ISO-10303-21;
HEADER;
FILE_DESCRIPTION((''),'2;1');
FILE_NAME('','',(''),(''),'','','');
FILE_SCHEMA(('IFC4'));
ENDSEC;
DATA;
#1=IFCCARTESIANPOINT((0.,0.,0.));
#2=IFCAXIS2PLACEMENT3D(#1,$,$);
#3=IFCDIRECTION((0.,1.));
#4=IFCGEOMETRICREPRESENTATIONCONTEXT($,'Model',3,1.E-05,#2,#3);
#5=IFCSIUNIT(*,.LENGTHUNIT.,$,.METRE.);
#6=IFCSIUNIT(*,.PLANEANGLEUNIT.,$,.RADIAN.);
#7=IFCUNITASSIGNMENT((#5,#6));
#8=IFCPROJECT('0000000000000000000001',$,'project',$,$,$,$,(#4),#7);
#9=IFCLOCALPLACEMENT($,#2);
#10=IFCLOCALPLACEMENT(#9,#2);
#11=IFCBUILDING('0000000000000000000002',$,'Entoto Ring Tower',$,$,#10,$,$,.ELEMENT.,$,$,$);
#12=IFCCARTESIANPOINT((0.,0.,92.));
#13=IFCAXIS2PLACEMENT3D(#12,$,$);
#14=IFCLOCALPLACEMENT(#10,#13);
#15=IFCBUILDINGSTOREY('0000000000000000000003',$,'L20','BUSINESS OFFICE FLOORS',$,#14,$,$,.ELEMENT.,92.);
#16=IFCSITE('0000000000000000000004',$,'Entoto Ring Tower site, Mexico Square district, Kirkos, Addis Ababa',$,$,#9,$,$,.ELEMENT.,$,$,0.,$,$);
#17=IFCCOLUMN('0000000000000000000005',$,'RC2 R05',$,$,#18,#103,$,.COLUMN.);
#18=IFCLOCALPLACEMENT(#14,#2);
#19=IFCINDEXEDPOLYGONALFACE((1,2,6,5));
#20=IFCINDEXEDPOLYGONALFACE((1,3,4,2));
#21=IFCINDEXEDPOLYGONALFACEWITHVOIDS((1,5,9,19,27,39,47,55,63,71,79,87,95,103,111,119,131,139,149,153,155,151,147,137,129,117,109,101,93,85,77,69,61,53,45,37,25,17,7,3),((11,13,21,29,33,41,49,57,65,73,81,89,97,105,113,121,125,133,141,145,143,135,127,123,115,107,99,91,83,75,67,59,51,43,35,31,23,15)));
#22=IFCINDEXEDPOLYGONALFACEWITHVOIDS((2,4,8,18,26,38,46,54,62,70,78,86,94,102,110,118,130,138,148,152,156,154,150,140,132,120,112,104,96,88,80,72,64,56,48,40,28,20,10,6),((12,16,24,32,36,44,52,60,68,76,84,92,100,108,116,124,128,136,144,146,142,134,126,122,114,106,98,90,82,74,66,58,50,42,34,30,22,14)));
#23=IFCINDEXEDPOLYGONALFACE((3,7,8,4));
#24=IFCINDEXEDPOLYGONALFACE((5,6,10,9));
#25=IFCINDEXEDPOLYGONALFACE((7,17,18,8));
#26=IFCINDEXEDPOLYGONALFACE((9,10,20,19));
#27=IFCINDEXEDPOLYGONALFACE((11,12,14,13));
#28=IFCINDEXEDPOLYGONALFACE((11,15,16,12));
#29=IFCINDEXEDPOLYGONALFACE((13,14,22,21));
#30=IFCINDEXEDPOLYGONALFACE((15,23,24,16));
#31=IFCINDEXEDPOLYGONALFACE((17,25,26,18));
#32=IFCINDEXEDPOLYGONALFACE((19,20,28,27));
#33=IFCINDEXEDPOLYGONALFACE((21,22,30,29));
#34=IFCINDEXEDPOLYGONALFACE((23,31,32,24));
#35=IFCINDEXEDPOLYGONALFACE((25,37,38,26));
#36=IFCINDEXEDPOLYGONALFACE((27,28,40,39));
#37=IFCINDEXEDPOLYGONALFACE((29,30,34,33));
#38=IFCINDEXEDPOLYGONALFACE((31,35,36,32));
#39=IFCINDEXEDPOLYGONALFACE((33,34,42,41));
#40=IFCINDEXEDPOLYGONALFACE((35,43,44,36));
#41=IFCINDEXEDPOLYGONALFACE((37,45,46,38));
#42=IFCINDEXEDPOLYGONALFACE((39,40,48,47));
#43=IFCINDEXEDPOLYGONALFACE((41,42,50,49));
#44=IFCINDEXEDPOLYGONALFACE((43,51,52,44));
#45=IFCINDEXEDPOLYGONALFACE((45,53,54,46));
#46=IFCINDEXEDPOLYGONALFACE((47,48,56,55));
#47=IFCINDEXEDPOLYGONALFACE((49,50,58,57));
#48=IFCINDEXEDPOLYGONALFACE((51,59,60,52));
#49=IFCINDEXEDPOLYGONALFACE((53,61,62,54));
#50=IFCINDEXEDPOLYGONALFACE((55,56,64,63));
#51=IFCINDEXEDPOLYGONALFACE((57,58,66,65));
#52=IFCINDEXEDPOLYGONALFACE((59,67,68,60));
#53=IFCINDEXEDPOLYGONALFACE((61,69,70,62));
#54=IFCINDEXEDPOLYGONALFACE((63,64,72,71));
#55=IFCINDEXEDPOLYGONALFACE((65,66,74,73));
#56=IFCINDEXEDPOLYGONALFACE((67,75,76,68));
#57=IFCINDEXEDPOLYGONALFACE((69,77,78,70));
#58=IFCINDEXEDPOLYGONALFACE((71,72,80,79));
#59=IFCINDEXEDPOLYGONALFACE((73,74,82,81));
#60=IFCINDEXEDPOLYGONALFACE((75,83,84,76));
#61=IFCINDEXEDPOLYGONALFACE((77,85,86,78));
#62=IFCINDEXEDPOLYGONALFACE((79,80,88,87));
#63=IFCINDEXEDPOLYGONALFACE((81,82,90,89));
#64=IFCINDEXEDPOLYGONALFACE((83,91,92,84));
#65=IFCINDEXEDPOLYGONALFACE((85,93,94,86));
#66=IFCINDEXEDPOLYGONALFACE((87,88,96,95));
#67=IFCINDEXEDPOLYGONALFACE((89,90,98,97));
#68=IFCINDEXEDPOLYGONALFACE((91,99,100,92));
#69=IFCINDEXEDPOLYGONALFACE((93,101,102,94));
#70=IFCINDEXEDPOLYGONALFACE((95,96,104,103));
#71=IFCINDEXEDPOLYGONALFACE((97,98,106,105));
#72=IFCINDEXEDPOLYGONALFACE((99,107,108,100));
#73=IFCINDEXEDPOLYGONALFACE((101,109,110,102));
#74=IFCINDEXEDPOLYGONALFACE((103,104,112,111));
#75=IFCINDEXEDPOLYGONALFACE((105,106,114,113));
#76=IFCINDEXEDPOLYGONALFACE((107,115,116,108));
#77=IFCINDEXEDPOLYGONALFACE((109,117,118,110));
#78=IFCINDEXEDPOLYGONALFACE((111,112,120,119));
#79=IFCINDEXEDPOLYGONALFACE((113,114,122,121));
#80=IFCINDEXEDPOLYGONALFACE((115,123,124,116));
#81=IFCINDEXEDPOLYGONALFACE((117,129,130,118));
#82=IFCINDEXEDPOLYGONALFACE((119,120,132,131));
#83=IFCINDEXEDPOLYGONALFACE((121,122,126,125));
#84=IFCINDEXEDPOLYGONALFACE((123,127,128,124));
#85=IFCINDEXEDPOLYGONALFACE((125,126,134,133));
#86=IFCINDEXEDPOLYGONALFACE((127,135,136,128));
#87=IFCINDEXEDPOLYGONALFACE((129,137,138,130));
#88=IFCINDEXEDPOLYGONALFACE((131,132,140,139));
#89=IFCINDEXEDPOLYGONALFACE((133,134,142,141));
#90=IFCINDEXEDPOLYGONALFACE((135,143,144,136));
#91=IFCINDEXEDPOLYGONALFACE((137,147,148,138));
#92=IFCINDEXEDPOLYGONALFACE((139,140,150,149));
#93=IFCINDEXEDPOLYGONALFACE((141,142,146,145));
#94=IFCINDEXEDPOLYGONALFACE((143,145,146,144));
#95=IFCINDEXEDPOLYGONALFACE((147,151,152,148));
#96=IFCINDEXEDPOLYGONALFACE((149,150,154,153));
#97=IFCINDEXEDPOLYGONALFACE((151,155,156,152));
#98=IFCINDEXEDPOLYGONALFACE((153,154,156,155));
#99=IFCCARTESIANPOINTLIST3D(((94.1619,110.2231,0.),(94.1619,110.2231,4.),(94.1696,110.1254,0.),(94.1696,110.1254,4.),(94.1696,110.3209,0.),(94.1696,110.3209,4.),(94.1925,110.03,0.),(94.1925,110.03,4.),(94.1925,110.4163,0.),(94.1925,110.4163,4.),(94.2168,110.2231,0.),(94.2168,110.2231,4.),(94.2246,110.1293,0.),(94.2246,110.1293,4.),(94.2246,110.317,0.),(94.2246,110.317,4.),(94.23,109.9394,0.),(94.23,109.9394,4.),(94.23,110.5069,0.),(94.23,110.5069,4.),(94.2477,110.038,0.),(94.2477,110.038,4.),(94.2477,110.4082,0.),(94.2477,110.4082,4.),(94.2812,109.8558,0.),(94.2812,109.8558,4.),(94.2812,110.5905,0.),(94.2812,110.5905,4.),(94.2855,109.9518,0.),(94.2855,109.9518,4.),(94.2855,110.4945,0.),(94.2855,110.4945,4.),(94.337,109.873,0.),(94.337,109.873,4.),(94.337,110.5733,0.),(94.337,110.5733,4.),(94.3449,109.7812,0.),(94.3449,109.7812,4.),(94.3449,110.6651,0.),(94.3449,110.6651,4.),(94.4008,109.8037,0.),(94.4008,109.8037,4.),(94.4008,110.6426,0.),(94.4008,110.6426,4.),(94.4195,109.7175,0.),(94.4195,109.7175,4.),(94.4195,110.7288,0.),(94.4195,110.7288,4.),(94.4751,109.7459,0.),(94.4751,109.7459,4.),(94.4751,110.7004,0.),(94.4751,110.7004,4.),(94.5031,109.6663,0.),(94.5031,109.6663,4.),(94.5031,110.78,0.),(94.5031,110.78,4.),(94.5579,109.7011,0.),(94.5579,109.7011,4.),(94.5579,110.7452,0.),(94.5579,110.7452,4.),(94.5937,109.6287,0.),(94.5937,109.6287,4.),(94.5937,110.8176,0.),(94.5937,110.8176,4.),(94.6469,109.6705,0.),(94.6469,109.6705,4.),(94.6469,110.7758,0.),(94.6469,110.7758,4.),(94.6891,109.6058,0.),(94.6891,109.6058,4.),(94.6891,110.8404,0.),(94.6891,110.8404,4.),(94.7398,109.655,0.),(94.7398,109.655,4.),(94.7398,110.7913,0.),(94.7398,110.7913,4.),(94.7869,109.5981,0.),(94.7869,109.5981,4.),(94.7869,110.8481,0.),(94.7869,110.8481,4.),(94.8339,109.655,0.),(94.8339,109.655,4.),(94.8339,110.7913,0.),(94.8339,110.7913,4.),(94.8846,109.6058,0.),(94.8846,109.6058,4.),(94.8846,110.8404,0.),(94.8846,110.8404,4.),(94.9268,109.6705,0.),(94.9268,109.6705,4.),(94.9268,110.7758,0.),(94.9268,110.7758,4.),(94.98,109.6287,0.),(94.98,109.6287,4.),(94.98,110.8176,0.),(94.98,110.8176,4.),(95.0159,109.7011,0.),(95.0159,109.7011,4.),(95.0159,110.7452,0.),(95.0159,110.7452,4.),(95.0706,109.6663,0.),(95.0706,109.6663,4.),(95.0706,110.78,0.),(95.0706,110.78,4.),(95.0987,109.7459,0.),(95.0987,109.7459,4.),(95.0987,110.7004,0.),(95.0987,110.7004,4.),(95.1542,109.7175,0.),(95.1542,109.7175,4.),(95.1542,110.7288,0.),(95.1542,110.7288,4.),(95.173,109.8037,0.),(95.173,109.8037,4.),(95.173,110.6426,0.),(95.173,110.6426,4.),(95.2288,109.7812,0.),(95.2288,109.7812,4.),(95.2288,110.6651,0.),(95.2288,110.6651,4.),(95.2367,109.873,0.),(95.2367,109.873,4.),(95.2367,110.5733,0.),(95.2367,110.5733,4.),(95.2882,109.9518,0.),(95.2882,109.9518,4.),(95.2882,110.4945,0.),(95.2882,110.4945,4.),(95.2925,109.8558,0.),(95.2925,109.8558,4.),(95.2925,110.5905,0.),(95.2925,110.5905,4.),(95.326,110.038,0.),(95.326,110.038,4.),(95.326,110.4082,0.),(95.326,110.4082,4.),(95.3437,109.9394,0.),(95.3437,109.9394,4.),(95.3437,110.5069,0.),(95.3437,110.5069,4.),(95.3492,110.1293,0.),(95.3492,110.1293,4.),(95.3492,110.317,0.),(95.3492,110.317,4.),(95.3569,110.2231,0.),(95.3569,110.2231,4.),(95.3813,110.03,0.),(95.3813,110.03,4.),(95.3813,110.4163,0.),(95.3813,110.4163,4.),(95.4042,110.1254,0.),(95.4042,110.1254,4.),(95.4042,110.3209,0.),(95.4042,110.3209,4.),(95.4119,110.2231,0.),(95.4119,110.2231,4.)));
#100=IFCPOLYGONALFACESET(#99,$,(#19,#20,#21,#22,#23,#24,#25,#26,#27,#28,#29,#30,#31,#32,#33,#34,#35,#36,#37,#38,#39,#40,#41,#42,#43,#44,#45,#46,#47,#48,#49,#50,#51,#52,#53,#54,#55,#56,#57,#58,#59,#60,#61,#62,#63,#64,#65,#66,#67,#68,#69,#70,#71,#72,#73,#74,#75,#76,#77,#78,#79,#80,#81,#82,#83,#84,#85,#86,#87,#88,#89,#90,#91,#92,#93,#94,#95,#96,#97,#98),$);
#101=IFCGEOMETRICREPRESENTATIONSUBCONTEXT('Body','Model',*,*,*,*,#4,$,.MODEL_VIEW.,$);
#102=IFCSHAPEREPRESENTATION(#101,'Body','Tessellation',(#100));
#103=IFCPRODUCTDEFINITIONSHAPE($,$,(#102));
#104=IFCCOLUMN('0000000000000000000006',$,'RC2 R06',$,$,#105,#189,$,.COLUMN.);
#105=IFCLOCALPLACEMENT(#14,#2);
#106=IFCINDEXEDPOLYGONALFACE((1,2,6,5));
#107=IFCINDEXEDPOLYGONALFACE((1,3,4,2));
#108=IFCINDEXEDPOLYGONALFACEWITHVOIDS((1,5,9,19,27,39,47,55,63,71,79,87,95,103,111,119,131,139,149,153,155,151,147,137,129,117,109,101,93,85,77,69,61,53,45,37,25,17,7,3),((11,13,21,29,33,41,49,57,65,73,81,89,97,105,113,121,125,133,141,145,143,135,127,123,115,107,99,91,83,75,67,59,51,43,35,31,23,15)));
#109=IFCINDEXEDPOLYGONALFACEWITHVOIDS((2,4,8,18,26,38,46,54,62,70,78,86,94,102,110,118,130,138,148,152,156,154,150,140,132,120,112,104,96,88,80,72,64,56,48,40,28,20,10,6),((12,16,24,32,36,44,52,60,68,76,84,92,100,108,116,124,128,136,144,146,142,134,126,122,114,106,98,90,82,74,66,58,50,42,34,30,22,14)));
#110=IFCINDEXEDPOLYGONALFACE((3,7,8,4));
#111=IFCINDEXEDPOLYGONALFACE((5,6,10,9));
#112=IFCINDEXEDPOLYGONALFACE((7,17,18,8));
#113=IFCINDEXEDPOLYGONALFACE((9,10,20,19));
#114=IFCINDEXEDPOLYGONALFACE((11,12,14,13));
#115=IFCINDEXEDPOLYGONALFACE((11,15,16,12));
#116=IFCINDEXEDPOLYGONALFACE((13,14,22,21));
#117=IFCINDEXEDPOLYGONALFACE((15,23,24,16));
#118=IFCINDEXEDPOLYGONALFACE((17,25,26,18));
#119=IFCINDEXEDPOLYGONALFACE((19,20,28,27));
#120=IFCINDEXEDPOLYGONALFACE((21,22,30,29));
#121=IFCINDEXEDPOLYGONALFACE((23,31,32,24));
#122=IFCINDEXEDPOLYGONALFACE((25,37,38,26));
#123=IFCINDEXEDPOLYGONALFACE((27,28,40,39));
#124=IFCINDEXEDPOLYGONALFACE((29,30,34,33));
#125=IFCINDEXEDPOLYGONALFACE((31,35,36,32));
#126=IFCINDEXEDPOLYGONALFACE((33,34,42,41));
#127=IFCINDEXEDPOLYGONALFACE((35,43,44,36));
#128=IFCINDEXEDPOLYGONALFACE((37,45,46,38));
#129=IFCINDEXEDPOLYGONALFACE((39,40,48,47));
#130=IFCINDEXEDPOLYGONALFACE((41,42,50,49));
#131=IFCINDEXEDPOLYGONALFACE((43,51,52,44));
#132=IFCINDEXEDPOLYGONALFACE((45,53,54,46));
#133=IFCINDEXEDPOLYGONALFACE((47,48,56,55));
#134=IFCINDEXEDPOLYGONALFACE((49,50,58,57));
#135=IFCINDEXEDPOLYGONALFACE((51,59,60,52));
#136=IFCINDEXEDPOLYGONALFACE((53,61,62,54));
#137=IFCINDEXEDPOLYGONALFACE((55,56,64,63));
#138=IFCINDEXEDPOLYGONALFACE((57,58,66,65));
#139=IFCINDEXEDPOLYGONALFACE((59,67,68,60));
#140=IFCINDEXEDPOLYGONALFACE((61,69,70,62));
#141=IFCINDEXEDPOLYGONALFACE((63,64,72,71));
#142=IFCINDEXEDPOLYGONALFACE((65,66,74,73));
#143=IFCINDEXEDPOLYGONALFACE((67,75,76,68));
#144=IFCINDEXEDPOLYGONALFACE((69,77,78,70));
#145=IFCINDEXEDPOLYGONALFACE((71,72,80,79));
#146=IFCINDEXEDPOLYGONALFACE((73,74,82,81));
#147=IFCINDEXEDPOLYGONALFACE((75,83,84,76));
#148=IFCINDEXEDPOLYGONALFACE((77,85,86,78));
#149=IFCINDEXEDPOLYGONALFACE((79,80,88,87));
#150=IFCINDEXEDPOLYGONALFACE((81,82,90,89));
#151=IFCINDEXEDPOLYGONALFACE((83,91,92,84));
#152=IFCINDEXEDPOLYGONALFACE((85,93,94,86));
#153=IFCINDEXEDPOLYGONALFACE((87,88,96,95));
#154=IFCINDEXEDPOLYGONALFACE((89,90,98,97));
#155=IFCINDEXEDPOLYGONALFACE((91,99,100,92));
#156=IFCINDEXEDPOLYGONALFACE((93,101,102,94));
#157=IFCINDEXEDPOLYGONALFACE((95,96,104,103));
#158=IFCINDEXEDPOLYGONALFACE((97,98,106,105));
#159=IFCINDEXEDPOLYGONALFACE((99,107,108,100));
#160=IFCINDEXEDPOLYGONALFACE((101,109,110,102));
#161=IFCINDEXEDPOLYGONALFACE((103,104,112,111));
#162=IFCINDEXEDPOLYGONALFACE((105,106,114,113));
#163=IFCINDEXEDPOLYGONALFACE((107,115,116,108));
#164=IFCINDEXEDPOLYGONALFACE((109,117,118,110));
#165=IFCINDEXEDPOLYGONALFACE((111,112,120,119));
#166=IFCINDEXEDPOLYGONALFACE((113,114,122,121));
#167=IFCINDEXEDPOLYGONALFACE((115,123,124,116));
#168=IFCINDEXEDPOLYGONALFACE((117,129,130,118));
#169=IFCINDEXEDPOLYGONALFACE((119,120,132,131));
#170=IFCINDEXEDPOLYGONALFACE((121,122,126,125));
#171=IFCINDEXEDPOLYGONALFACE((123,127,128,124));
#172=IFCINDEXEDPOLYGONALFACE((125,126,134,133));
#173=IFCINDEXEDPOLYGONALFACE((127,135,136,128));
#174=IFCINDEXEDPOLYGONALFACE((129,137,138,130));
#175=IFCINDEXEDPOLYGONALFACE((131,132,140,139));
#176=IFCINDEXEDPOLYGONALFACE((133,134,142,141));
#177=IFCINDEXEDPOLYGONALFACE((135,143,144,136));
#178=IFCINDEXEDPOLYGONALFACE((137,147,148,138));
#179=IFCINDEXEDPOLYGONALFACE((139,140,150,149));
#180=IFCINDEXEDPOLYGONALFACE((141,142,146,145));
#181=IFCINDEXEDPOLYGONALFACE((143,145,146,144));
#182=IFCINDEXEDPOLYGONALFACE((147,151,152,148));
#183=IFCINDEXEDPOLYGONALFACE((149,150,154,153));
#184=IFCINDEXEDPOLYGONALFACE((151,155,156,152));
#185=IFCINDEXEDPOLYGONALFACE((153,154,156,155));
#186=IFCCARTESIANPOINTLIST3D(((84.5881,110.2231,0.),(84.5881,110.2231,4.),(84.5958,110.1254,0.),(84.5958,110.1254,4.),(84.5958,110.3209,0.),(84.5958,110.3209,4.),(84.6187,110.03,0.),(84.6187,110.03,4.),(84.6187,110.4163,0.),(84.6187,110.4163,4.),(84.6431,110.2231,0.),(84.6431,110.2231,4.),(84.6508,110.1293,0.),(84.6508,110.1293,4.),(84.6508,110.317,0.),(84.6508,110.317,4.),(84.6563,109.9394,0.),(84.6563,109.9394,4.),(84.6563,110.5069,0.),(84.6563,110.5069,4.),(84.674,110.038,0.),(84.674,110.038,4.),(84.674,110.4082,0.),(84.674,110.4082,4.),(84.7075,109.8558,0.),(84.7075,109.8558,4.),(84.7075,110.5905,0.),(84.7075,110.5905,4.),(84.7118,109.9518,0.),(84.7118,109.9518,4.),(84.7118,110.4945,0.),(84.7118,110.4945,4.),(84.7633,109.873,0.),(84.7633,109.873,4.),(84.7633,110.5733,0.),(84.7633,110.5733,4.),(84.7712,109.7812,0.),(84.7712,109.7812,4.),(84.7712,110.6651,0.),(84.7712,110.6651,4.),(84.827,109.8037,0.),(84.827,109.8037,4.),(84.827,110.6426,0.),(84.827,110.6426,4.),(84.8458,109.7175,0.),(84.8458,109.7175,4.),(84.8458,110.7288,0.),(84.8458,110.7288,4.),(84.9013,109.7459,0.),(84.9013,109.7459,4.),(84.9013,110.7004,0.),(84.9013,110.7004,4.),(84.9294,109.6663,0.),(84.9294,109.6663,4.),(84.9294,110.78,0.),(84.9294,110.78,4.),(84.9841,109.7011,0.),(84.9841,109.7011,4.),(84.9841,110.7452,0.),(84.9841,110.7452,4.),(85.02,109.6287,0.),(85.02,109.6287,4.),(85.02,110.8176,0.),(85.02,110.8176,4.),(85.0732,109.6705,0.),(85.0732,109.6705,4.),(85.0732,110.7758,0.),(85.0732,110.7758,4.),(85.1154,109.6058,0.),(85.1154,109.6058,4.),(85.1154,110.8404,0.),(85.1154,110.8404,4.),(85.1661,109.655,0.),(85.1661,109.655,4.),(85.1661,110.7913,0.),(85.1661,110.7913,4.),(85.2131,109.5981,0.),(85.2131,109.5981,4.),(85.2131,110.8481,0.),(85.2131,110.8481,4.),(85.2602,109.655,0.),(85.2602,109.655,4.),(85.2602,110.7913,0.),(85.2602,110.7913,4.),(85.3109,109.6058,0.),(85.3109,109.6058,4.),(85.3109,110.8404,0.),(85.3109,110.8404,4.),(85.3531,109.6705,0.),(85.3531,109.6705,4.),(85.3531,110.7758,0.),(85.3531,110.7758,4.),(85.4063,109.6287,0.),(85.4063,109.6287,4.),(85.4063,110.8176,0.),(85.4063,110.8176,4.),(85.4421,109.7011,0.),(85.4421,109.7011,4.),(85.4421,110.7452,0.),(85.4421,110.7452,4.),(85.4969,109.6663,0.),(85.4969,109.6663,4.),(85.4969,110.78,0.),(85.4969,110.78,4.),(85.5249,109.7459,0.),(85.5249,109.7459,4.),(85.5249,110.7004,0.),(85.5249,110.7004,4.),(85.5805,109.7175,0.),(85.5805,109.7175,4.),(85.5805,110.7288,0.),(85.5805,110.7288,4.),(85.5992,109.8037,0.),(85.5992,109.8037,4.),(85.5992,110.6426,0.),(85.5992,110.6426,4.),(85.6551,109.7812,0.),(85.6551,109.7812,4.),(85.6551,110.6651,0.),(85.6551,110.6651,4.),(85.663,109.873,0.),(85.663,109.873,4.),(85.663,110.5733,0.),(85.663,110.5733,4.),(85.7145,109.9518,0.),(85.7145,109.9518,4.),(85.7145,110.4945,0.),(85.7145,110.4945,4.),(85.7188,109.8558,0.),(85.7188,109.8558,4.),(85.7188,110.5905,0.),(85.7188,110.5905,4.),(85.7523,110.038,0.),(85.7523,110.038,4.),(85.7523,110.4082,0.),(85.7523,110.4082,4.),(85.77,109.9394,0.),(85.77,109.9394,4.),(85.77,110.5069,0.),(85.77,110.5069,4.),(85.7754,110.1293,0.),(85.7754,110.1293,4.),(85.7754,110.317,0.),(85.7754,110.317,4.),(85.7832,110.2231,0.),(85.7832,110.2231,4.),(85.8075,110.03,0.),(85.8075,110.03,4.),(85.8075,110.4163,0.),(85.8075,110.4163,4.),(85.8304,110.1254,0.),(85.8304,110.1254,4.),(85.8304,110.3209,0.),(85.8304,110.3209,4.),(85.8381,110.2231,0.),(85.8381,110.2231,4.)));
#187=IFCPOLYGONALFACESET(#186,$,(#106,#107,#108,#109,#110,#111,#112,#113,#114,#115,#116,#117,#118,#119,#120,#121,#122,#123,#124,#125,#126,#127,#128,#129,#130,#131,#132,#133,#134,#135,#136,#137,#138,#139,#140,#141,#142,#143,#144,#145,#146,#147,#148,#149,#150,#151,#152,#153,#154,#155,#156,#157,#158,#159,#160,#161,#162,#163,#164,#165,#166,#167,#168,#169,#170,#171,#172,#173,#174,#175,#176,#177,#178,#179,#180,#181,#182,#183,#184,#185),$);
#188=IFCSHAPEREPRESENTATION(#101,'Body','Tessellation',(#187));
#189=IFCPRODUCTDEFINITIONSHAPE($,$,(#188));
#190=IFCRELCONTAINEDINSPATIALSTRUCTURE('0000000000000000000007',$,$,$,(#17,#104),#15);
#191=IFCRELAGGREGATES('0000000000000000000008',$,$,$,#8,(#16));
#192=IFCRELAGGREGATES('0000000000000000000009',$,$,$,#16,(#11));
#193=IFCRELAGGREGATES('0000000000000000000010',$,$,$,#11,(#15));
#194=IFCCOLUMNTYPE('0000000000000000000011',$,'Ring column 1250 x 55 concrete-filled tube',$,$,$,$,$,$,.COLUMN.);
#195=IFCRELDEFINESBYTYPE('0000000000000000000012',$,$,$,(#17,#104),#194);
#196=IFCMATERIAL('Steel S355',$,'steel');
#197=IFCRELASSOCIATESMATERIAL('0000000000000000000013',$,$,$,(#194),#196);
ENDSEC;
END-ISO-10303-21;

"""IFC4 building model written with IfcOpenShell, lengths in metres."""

from ifc_helpers import new_model, si_unit, direction, frame, origin, origin_2d, place, context, subcontext, project, spatial, circle, hollow_circle, extrude, material, material_profile, profile_set, type_object, element, save


model = new_model("IFC4")

# Units and contexts
model_context = context("Model", 3, precision=1e-05, world=origin(), true_north=direction((0.0, 1.0)))
body_context = subcontext(model_context, "Body", "Model", "MODEL_VIEW")
ifc_project = project(units=[si_unit("LENGTHUNIT", "METRE"), si_unit("PLANEANGLEUNIT", "RADIAN")], contexts=[model_context])

# Site, building, storey
site_placement = place(None, origin())
site = spatial("IfcSite", under=ifc_project, at=site_placement, Name="Entoto Ring Tower site, Mexico Square district, Kirkos, Addis Ababa", CompositionType="ELEMENT", RefElevation=0.0)
building_placement = place(site_placement, origin())
building = spatial("IfcBuilding", under=site, at=building_placement, Name="Entoto Ring Tower", CompositionType="ELEMENT")
storey_placement = place(building_placement, frame((0.0, 0.0, 92.0)))
storey = spatial("IfcBuildingStorey", under=building, at=storey_placement, Name="L20", Description="BUSINESS OFFICE FLOORS", CompositionType="ELEMENT", Elevation=92.0)

# Columns
ifc_material_1 = material(Name="Steel S355", Category="steel")
ifc_material_profile_1 = material_profile(ifc_material_1, hollow_circle(Radius=0.625, WallThickness=0.0549, at=origin_2d()), Name="CHS 1250 x 55")
ifc_material_2 = material(Name="Concrete C60/75", Category="concrete")
ifc_material_profile_2 = material_profile(ifc_material_2, circle(Radius=0.5701, at=origin_2d()), Name="Concrete C60/75 infill")
ifc_profile_set_1 = profile_set([ifc_material_profile_1, ifc_material_profile_2], Name="Steel S355")
column_type = type_object("IfcColumnType", Name="Ring column 1250 x 55 concrete-filled tube", PredefinedType="COLUMN", material=ifc_profile_set_1)
for number, where, z_axis, x_axis, name in (
    (1, (94.7869, 110.2231, 0.0), (0.0, 0.0, 1.0), (1.0, 0.0, 0.0), "RC2 R05"),
    (2, (85.2131, 110.2231, 0.0), (0.0, 0.0, 1.0), (1.0, 0.0, 0.0), "RC2 R06"),
):
    element("IfcColumn", number, at=place(storey_placement, frame(where, z_axis=z_axis, x_axis=x_axis)), inside=storey, type_object=column_type, Name=name, PredefinedType="COLUMN", context=body_context, shape_type="SweptSolid", body=[
        extrude(hollow_circle(Radius=0.625, WallThickness=0.0549, at=origin_2d()), origin(), (0.0, 0.0, 1.0), 4.0),
    ])

save(model, "model.ifc")
